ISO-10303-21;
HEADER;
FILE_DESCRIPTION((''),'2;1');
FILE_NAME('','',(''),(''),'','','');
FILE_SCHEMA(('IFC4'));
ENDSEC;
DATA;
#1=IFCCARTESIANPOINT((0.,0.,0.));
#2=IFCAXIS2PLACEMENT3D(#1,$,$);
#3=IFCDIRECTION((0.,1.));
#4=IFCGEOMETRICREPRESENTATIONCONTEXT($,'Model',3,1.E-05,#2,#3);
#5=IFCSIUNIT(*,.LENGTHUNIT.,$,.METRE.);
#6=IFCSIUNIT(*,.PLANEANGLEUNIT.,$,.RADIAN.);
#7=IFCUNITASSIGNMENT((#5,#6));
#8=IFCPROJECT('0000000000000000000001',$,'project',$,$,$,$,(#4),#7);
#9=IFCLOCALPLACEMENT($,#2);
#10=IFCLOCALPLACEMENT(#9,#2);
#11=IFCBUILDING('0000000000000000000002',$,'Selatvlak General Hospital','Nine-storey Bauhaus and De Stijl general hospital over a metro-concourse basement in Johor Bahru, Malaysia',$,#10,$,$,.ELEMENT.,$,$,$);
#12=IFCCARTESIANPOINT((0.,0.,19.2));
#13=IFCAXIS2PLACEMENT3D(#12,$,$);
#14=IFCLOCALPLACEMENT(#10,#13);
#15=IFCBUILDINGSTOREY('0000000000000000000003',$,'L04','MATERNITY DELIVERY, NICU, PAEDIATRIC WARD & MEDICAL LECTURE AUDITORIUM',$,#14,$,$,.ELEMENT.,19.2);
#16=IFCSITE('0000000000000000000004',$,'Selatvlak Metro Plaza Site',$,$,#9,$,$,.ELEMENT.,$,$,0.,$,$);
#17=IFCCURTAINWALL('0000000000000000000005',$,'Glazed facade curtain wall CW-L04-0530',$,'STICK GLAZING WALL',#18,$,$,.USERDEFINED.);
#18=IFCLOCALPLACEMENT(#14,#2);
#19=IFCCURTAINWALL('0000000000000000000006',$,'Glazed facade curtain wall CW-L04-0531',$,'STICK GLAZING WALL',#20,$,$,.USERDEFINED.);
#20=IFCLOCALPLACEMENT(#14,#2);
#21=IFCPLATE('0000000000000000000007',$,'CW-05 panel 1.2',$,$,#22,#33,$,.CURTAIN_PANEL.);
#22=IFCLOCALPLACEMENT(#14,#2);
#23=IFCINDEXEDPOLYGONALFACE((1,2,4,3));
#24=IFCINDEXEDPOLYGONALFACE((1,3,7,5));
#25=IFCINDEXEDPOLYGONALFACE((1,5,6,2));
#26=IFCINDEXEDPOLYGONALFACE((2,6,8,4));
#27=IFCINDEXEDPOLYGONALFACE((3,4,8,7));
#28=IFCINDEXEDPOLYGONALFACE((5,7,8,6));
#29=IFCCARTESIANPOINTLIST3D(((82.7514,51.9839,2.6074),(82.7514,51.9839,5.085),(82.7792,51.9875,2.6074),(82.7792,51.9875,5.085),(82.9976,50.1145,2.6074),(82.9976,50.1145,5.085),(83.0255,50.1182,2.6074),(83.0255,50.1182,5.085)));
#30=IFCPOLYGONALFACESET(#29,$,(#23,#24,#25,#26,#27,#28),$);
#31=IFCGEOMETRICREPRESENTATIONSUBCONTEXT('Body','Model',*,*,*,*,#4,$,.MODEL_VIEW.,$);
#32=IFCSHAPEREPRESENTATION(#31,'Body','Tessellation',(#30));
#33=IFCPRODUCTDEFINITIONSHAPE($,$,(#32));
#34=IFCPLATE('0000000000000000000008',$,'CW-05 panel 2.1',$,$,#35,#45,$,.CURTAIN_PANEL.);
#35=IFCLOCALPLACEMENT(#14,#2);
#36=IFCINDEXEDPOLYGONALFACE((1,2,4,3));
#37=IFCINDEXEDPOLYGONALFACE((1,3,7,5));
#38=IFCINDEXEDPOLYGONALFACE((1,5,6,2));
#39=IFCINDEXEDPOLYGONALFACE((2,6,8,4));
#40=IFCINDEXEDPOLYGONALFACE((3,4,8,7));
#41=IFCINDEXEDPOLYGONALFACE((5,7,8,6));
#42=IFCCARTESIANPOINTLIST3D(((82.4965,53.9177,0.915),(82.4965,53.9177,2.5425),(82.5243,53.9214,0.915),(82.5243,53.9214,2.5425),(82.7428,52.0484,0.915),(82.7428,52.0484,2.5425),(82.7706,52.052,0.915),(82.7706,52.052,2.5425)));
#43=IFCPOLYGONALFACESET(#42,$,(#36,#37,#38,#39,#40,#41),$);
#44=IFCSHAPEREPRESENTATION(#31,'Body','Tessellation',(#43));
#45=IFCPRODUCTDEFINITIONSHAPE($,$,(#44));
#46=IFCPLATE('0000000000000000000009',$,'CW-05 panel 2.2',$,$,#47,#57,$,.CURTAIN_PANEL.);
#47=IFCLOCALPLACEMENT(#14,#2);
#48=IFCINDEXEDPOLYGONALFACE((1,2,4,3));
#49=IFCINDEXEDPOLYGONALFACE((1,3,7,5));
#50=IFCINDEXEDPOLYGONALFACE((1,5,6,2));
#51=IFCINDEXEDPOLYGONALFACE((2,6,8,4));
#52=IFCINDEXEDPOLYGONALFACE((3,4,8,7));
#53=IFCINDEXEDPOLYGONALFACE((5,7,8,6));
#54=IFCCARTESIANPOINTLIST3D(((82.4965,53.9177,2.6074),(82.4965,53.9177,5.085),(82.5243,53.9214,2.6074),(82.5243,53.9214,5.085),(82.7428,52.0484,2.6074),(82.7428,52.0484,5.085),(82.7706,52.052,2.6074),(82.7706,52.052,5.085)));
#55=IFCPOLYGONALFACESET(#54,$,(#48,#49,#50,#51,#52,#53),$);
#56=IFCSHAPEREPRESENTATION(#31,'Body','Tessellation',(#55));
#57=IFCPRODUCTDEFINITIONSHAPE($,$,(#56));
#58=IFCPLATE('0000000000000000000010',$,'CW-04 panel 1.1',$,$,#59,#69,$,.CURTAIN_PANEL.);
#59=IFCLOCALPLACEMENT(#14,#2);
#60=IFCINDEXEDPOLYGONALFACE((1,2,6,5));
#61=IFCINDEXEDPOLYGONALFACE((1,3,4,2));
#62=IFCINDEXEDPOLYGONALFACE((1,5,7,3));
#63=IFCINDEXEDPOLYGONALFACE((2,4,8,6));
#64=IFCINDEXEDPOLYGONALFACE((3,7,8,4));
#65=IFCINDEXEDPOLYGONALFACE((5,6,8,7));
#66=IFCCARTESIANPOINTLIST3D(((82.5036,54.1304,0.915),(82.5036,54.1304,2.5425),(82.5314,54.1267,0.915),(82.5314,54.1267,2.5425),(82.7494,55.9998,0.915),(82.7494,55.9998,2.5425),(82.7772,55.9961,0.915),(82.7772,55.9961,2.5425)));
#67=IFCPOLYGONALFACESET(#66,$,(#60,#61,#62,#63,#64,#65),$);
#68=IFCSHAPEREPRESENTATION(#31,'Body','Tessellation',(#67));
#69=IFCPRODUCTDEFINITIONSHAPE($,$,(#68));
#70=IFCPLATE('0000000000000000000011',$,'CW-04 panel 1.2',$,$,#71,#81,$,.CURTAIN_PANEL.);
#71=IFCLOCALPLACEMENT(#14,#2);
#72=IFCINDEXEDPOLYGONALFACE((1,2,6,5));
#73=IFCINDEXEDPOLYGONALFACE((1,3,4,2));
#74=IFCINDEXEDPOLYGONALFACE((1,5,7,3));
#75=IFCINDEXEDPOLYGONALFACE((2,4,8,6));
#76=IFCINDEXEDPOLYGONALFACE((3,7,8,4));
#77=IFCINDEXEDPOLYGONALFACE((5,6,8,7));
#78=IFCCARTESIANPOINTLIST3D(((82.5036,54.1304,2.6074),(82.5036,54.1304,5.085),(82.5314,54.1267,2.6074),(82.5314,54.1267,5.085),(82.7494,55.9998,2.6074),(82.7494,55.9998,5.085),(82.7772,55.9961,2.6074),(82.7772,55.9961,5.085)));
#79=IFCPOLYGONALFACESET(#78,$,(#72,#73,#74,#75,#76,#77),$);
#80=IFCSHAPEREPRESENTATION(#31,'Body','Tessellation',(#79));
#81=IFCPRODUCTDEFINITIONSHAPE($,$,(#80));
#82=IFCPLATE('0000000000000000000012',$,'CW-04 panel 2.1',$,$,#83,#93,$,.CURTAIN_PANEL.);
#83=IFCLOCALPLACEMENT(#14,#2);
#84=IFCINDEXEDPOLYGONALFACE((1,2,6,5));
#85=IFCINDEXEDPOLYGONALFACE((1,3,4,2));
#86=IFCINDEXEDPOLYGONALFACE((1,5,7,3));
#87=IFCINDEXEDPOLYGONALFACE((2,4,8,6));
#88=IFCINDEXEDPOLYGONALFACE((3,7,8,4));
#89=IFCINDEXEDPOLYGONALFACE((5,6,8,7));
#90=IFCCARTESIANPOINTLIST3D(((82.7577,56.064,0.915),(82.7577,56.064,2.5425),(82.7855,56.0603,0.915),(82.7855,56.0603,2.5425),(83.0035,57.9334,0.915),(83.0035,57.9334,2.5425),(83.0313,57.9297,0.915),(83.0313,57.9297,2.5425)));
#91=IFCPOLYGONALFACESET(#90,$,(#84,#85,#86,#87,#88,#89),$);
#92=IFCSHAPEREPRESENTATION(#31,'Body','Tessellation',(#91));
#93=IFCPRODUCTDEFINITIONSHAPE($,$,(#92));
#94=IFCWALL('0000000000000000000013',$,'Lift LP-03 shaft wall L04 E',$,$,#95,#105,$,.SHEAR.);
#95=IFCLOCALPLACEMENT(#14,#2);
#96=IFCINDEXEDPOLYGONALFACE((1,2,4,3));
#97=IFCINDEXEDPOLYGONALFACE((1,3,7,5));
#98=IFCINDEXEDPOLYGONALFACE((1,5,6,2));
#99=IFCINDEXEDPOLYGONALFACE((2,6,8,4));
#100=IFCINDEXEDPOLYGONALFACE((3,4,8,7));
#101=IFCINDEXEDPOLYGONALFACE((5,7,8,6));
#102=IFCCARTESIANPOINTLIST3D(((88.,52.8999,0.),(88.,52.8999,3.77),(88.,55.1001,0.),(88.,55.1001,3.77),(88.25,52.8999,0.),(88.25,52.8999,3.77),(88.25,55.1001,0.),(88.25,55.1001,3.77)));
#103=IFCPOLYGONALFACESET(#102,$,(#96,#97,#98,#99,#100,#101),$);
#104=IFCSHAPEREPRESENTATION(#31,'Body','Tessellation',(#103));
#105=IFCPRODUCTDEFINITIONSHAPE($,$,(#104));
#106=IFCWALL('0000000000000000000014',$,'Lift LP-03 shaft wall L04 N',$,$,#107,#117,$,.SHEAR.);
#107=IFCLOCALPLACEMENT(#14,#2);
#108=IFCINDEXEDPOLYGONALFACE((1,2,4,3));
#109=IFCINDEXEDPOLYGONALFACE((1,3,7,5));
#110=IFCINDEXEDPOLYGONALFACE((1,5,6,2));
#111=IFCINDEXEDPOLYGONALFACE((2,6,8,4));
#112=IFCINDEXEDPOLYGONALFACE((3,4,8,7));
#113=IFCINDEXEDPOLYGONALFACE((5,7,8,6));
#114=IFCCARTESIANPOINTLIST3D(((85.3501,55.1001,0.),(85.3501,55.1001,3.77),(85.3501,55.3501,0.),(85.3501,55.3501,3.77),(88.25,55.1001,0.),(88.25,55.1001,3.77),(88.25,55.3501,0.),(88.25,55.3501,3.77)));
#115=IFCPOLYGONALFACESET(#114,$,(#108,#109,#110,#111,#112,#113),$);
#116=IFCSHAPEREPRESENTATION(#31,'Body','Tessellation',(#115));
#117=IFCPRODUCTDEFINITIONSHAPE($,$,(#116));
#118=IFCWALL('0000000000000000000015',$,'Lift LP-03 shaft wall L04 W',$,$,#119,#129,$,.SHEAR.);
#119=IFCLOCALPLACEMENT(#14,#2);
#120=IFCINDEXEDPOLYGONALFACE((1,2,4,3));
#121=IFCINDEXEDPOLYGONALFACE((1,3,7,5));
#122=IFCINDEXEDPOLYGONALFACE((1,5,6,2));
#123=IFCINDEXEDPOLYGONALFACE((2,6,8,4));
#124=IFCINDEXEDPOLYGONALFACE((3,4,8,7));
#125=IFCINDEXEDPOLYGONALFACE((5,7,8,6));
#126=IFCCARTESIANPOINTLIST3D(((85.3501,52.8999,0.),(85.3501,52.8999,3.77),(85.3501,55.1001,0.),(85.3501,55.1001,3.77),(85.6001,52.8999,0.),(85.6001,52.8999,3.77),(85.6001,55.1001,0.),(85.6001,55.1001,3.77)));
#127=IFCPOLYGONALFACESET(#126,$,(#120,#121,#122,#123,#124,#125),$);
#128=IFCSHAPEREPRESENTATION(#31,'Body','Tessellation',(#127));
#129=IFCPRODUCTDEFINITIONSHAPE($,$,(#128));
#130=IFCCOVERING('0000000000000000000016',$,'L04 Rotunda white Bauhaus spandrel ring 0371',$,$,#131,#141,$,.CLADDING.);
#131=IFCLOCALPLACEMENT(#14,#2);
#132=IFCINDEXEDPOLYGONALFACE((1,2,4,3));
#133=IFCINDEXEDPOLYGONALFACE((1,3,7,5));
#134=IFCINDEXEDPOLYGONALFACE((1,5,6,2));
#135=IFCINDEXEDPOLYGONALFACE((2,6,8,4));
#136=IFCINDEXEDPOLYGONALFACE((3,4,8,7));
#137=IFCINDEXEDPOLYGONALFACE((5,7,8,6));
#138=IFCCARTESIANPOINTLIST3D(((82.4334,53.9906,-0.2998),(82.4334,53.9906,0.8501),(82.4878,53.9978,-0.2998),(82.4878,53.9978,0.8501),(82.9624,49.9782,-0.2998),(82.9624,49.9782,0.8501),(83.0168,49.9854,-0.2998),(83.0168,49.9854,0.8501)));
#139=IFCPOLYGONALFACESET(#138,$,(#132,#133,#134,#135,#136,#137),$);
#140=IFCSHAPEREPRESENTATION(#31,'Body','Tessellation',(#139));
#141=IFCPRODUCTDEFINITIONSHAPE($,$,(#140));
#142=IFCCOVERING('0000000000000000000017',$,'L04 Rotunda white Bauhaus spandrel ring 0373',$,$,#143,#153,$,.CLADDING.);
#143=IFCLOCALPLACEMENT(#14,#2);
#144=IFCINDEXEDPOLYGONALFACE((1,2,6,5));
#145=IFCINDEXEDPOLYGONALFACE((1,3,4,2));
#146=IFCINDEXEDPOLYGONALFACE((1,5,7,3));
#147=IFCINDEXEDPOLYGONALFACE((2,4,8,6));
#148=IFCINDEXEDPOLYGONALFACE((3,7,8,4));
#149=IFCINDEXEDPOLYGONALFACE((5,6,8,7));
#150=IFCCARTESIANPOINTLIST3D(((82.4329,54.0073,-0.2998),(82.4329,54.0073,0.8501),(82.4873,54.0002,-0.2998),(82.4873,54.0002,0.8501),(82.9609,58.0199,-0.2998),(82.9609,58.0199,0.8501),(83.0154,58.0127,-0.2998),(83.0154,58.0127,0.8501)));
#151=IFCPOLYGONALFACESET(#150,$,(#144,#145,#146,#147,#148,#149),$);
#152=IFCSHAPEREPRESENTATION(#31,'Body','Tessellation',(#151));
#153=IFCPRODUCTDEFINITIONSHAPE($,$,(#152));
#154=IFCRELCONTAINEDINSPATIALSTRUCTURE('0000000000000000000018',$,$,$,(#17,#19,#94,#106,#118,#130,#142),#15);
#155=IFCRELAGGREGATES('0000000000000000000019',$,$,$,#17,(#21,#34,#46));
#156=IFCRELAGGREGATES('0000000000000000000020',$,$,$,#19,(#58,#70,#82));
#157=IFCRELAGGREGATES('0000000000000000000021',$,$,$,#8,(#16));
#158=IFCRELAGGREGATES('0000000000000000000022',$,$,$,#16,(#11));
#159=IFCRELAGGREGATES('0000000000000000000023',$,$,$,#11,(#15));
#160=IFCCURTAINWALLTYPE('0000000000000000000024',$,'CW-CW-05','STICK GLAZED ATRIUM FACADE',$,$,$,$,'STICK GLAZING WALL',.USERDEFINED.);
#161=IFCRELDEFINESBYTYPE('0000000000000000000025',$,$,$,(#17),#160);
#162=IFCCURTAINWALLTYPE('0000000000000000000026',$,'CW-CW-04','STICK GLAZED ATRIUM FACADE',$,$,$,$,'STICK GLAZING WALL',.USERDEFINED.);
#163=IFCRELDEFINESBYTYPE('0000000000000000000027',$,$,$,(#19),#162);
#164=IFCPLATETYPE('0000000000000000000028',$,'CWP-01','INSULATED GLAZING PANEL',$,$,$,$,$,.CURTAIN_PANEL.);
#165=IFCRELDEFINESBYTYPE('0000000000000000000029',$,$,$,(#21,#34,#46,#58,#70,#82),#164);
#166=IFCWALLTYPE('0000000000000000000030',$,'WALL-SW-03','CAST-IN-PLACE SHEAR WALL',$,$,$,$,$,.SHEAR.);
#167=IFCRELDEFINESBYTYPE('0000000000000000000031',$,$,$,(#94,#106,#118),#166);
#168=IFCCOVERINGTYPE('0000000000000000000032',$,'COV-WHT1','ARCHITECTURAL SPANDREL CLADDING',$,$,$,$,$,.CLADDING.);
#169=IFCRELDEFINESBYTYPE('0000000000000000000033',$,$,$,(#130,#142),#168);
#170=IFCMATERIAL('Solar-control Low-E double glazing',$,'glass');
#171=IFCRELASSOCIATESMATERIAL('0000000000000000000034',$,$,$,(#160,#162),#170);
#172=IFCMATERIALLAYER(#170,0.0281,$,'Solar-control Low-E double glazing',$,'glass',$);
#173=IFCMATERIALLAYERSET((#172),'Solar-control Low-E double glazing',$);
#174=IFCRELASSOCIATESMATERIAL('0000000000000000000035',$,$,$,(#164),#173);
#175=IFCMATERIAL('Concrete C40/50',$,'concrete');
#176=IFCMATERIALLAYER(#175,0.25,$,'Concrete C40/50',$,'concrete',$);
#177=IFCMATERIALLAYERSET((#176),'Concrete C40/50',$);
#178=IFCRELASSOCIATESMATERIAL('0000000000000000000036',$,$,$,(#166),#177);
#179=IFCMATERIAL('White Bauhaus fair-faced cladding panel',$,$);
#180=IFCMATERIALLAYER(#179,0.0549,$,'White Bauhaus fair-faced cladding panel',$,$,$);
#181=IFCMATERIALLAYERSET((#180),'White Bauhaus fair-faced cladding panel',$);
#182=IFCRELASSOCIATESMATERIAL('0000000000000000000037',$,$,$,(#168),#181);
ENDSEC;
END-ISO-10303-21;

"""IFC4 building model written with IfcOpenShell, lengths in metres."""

from ifc_helpers import new_model, si_unit, direction, frame, frame_2d, origin, origin_2d, place, context, subcontext, project, spatial, rectangle, extrude, material, layer, layer_set, type_object, element, aggregate, save


model = new_model("IFC4")

# Units and contexts
model_context = context("Model", 3, precision=1e-05, world=origin(), true_north=direction((0.0, 1.0)))
body_context = subcontext(model_context, "Body", "Model", "MODEL_VIEW")
ifc_project = project(units=[si_unit("LENGTHUNIT", "METRE"), si_unit("PLANEANGLEUNIT", "RADIAN")], contexts=[model_context])

# Site, building, storey
site_placement = place(None, origin())
site = spatial("IfcSite", under=ifc_project, at=site_placement, Name="Selatvlak Metro Plaza Site", CompositionType="ELEMENT", RefElevation=0.0)
building_placement = place(site_placement, origin())
building = spatial("IfcBuilding", under=site, at=building_placement, Name="Selatvlak General Hospital", Description="Nine-storey Bauhaus and De Stijl general hospital over a metro-concourse basement in Johor Bahru, Malaysia", CompositionType="ELEMENT")
storey_placement = place(building_placement, frame((0.0, 0.0, 19.2)))
storey = spatial("IfcBuildingStorey", under=building, at=storey_placement, Name="L04", Description="MATERNITY DELIVERY, NICU, PAEDIATRIC WARD & MEDICAL LECTURE AUDITORIUM", CompositionType="ELEMENT", Elevation=19.2)

# Shared definitions
ifc_material_1 = material(Name="Concrete C40/50", Category="concrete")

# Curtain walls
ifc_material_2 = material(Name="Solar-control Low-E double glazing", Category="glass")
curtain_wall_type_1 = type_object("IfcCurtainWallType", Name="CW-CW-05", Description="STICK GLAZED ATRIUM FACADE", ElementType="STICK GLAZING WALL", PredefinedType="USERDEFINED", material=ifc_material_2)
curtain_wall_1_placement = place(storey_placement, origin())
curtain_wall_1 = element("IfcCurtainWall", 1, at=curtain_wall_1_placement, inside=storey, type_object=curtain_wall_type_1, Name="Glazed facade curtain wall CW-L04-0530", ObjectType="STICK GLAZING WALL", PredefinedType="USERDEFINED")
curtain_wall_type_2 = type_object("IfcCurtainWallType", Name="CW-CW-04", Description="STICK GLAZED ATRIUM FACADE", ElementType="STICK GLAZING WALL", PredefinedType="USERDEFINED", material=ifc_material_2)
curtain_wall_2_placement = place(storey_placement, origin())
curtain_wall_2 = element("IfcCurtainWall", 2, at=curtain_wall_2_placement, inside=storey, type_object=curtain_wall_type_2, Name="Glazed facade curtain wall CW-L04-0531", ObjectType="STICK GLAZING WALL", PredefinedType="USERDEFINED")

# Plates
ifc_layer_1 = layer(ifc_material_2, 0.0281, Name="Solar-control Low-E double glazing", Category="glass")
ifc_layer_set_1 = layer_set([ifc_layer_1], Name="Solar-control Low-E double glazing")
plate_type = type_object("IfcPlateType", Name="CWP-01", Description="INSULATED GLAZING PANEL", PredefinedType="CURTAIN_PANEL", material=ifc_layer_set_1)
plate_1_placement = place(storey_placement, frame((82.8884, 51.051, 2.6074), z_axis=(0.0, 0.0, 1.0), x_axis=(-0.130611, 0.991434, 0.0)))
plate_1 = element("IfcPlate", 3, at=plate_1_placement, type_object=plate_type, Name="CW-05 panel 1.2", PredefinedType="CURTAIN_PANEL", context=body_context, shape_type="SweptSolid", body=[
    extrude(rectangle(XDim=1.8855, YDim=0.0281, at=origin_2d()), origin(), (0.0, 0.0, 1.0), 2.4775),
])
plate_2_placement = place(storey_placement, frame((82.6335, 52.9849, 0.915), z_axis=(0.0, 0.0, 1.0), x_axis=(-0.130611, 0.991434, 0.0)))
plate_2 = element("IfcPlate", 4, at=plate_2_placement, type_object=plate_type, Name="CW-05 panel 2.1", PredefinedType="CURTAIN_PANEL", context=body_context, shape_type="SweptSolid", body=[
    extrude(rectangle(XDim=1.8855, YDim=0.0281, at=origin_2d()), origin(), (0.0, 0.0, 1.0), 1.6274),
])
plate_3_placement = place(storey_placement, frame((82.6335, 52.9849, 2.6074), z_axis=(0.0, 0.0, 1.0), x_axis=(-0.130611, 0.991434, 0.0)))
plate_3 = element("IfcPlate", 5, at=plate_3_placement, type_object=plate_type, Name="CW-05 panel 2.2", PredefinedType="CURTAIN_PANEL", context=body_context, shape_type="SweptSolid", body=[
    extrude(rectangle(XDim=1.8855, YDim=0.0281, at=origin_2d()), origin(), (0.0, 0.0, 1.0), 2.4775),
])
aggregate(curtain_wall_1, [plate_1, plate_2, plate_3])
plate_4_placement = place(storey_placement, frame((82.6404, 55.0632, 0.915), z_axis=(0.0, 0.0, 1.0), x_axis=(0.130363, 0.991466, 0.0)))
plate_4 = element("IfcPlate", 6, at=plate_4_placement, type_object=plate_type, Name="CW-04 panel 1.1", PredefinedType="CURTAIN_PANEL", context=body_context, shape_type="SweptSolid", body=[
    extrude(rectangle(XDim=1.8855, YDim=0.0281, at=origin_2d()), origin(), (0.0, 0.0, 1.0), 1.6274),
])
plate_5_placement = place(storey_placement, frame((82.6404, 55.0632, 2.6074), z_axis=(0.0, 0.0, 1.0), x_axis=(0.130363, 0.991466, 0.0)))
plate_5 = element("IfcPlate", 7, at=plate_5_placement, type_object=plate_type, Name="CW-04 panel 1.2", PredefinedType="CURTAIN_PANEL", context=body_context, shape_type="SweptSolid", body=[
    extrude(rectangle(XDim=1.8855, YDim=0.0281, at=origin_2d()), origin(), (0.0, 0.0, 1.0), 2.4775),
])
plate_6_placement = place(storey_placement, frame((82.8945, 56.9968, 0.915), z_axis=(0.0, 0.0, 1.0), x_axis=(0.130363, 0.991466, 0.0)))
plate_6 = element("IfcPlate", 8, at=plate_6_placement, type_object=plate_type, Name="CW-04 panel 2.1", PredefinedType="CURTAIN_PANEL", context=body_context, shape_type="SweptSolid", body=[
    extrude(rectangle(XDim=1.8855, YDim=0.0281, at=origin_2d()), origin(), (0.0, 0.0, 1.0), 1.6274),
])
aggregate(curtain_wall_2, [plate_4, plate_5, plate_6])

# Shared definitions
ifc_layer_2 = layer(ifc_material_1, 0.25, Name="Concrete C40/50", Category="concrete")
ifc_layer_set_2 = layer_set([ifc_layer_2], Name="Concrete C40/50")
wall_type = type_object("IfcWallType", Name="WALL-SW-03", Description="CAST-IN-PLACE SHEAR WALL", PredefinedType="SHEAR", material=ifc_layer_set_2)

# Walls
wall_1_placement = place(storey_placement, frame((88.125, 52.8999, 0.0), z_axis=(0.0, 0.0, 1.0), x_axis=(0.0, 1.0, 0.0)))
element("IfcWall", 9, at=wall_1_placement, inside=storey, type_object=wall_type, Name="Lift LP-03 shaft wall L04 E", PredefinedType="SHEAR", context=body_context, shape_type="SweptSolid", body=[
    extrude(rectangle(XDim=2.2002, YDim=0.25, at=frame_2d((1.1001, 0.0))), origin(), (0.0, 0.0, 1.0), 3.77),
])
wall_2_placement = place(storey_placement, frame((88.25, 55.2251, 0.0), z_axis=(0.0, 0.0, 1.0), x_axis=(-1.0, 0.0, 0.0)))
element("IfcWall", 10, at=wall_2_placement, inside=storey, type_object=wall_type, Name="Lift LP-03 shaft wall L04 N", PredefinedType="SHEAR", context=body_context, shape_type="SweptSolid", body=[
    extrude(rectangle(XDim=2.8999, YDim=0.25, at=frame_2d((1.45, 0.0))), origin(), (0.0, 0.0, 1.0), 3.77),
])
wall_3_placement = place(storey_placement, frame((85.4751, 55.1001, 0.0), z_axis=(0.0, 0.0, 1.0), x_axis=(0.0, -1.0, 0.0)))
element("IfcWall", 11, at=wall_3_placement, inside=storey, type_object=wall_type, Name="Lift LP-03 shaft wall L04 W", PredefinedType="SHEAR", context=body_context, shape_type="SweptSolid", body=[
    extrude(rectangle(XDim=2.2002, YDim=0.25, at=frame_2d((1.1001, 0.0))), origin(), (0.0, 0.0, 1.0), 3.77),
])

# Coverings
ifc_material_3 = material(Name="White Bauhaus fair-faced cladding panel")
ifc_layer_3 = layer(ifc_material_3, 0.0549, Name="White Bauhaus fair-faced cladding panel")
ifc_layer_set_3 = layer_set([ifc_layer_3], Name="White Bauhaus fair-faced cladding panel")
covering_type = type_object("IfcCoveringType", Name="COV-WHT1", Description="ARCHITECTURAL SPANDREL CLADDING", PredefinedType="CLADDING", material=ifc_layer_set_3)
for number, where, z_axis, x_axis, name in (
    (12, (82.7251, 51.988, -0.2998), (0.0, 0.0, 1.0), (-0.130717, 0.99142, 0.0), "L04 Rotunda white Bauhaus spandrel ring 0371"),
    (13, (82.7241, 56.01, -0.2998), (0.0, 0.0, 1.0), (0.130474, 0.991452, 0.0), "L04 Rotunda white Bauhaus spandrel ring 0373"),
):
    element("IfcCovering", number, at=place(storey_placement, frame(where, z_axis=z_axis, x_axis=x_axis)), inside=storey, type_object=covering_type, Name=name, PredefinedType="CLADDING", context=body_context, shape_type="SweptSolid", body=[
        extrude(rectangle(XDim=4.0471, YDim=0.0549, at=origin_2d()), origin(), (0.0, 0.0, 1.0), 1.1499),
    ])

save(model, "model.ifc")
